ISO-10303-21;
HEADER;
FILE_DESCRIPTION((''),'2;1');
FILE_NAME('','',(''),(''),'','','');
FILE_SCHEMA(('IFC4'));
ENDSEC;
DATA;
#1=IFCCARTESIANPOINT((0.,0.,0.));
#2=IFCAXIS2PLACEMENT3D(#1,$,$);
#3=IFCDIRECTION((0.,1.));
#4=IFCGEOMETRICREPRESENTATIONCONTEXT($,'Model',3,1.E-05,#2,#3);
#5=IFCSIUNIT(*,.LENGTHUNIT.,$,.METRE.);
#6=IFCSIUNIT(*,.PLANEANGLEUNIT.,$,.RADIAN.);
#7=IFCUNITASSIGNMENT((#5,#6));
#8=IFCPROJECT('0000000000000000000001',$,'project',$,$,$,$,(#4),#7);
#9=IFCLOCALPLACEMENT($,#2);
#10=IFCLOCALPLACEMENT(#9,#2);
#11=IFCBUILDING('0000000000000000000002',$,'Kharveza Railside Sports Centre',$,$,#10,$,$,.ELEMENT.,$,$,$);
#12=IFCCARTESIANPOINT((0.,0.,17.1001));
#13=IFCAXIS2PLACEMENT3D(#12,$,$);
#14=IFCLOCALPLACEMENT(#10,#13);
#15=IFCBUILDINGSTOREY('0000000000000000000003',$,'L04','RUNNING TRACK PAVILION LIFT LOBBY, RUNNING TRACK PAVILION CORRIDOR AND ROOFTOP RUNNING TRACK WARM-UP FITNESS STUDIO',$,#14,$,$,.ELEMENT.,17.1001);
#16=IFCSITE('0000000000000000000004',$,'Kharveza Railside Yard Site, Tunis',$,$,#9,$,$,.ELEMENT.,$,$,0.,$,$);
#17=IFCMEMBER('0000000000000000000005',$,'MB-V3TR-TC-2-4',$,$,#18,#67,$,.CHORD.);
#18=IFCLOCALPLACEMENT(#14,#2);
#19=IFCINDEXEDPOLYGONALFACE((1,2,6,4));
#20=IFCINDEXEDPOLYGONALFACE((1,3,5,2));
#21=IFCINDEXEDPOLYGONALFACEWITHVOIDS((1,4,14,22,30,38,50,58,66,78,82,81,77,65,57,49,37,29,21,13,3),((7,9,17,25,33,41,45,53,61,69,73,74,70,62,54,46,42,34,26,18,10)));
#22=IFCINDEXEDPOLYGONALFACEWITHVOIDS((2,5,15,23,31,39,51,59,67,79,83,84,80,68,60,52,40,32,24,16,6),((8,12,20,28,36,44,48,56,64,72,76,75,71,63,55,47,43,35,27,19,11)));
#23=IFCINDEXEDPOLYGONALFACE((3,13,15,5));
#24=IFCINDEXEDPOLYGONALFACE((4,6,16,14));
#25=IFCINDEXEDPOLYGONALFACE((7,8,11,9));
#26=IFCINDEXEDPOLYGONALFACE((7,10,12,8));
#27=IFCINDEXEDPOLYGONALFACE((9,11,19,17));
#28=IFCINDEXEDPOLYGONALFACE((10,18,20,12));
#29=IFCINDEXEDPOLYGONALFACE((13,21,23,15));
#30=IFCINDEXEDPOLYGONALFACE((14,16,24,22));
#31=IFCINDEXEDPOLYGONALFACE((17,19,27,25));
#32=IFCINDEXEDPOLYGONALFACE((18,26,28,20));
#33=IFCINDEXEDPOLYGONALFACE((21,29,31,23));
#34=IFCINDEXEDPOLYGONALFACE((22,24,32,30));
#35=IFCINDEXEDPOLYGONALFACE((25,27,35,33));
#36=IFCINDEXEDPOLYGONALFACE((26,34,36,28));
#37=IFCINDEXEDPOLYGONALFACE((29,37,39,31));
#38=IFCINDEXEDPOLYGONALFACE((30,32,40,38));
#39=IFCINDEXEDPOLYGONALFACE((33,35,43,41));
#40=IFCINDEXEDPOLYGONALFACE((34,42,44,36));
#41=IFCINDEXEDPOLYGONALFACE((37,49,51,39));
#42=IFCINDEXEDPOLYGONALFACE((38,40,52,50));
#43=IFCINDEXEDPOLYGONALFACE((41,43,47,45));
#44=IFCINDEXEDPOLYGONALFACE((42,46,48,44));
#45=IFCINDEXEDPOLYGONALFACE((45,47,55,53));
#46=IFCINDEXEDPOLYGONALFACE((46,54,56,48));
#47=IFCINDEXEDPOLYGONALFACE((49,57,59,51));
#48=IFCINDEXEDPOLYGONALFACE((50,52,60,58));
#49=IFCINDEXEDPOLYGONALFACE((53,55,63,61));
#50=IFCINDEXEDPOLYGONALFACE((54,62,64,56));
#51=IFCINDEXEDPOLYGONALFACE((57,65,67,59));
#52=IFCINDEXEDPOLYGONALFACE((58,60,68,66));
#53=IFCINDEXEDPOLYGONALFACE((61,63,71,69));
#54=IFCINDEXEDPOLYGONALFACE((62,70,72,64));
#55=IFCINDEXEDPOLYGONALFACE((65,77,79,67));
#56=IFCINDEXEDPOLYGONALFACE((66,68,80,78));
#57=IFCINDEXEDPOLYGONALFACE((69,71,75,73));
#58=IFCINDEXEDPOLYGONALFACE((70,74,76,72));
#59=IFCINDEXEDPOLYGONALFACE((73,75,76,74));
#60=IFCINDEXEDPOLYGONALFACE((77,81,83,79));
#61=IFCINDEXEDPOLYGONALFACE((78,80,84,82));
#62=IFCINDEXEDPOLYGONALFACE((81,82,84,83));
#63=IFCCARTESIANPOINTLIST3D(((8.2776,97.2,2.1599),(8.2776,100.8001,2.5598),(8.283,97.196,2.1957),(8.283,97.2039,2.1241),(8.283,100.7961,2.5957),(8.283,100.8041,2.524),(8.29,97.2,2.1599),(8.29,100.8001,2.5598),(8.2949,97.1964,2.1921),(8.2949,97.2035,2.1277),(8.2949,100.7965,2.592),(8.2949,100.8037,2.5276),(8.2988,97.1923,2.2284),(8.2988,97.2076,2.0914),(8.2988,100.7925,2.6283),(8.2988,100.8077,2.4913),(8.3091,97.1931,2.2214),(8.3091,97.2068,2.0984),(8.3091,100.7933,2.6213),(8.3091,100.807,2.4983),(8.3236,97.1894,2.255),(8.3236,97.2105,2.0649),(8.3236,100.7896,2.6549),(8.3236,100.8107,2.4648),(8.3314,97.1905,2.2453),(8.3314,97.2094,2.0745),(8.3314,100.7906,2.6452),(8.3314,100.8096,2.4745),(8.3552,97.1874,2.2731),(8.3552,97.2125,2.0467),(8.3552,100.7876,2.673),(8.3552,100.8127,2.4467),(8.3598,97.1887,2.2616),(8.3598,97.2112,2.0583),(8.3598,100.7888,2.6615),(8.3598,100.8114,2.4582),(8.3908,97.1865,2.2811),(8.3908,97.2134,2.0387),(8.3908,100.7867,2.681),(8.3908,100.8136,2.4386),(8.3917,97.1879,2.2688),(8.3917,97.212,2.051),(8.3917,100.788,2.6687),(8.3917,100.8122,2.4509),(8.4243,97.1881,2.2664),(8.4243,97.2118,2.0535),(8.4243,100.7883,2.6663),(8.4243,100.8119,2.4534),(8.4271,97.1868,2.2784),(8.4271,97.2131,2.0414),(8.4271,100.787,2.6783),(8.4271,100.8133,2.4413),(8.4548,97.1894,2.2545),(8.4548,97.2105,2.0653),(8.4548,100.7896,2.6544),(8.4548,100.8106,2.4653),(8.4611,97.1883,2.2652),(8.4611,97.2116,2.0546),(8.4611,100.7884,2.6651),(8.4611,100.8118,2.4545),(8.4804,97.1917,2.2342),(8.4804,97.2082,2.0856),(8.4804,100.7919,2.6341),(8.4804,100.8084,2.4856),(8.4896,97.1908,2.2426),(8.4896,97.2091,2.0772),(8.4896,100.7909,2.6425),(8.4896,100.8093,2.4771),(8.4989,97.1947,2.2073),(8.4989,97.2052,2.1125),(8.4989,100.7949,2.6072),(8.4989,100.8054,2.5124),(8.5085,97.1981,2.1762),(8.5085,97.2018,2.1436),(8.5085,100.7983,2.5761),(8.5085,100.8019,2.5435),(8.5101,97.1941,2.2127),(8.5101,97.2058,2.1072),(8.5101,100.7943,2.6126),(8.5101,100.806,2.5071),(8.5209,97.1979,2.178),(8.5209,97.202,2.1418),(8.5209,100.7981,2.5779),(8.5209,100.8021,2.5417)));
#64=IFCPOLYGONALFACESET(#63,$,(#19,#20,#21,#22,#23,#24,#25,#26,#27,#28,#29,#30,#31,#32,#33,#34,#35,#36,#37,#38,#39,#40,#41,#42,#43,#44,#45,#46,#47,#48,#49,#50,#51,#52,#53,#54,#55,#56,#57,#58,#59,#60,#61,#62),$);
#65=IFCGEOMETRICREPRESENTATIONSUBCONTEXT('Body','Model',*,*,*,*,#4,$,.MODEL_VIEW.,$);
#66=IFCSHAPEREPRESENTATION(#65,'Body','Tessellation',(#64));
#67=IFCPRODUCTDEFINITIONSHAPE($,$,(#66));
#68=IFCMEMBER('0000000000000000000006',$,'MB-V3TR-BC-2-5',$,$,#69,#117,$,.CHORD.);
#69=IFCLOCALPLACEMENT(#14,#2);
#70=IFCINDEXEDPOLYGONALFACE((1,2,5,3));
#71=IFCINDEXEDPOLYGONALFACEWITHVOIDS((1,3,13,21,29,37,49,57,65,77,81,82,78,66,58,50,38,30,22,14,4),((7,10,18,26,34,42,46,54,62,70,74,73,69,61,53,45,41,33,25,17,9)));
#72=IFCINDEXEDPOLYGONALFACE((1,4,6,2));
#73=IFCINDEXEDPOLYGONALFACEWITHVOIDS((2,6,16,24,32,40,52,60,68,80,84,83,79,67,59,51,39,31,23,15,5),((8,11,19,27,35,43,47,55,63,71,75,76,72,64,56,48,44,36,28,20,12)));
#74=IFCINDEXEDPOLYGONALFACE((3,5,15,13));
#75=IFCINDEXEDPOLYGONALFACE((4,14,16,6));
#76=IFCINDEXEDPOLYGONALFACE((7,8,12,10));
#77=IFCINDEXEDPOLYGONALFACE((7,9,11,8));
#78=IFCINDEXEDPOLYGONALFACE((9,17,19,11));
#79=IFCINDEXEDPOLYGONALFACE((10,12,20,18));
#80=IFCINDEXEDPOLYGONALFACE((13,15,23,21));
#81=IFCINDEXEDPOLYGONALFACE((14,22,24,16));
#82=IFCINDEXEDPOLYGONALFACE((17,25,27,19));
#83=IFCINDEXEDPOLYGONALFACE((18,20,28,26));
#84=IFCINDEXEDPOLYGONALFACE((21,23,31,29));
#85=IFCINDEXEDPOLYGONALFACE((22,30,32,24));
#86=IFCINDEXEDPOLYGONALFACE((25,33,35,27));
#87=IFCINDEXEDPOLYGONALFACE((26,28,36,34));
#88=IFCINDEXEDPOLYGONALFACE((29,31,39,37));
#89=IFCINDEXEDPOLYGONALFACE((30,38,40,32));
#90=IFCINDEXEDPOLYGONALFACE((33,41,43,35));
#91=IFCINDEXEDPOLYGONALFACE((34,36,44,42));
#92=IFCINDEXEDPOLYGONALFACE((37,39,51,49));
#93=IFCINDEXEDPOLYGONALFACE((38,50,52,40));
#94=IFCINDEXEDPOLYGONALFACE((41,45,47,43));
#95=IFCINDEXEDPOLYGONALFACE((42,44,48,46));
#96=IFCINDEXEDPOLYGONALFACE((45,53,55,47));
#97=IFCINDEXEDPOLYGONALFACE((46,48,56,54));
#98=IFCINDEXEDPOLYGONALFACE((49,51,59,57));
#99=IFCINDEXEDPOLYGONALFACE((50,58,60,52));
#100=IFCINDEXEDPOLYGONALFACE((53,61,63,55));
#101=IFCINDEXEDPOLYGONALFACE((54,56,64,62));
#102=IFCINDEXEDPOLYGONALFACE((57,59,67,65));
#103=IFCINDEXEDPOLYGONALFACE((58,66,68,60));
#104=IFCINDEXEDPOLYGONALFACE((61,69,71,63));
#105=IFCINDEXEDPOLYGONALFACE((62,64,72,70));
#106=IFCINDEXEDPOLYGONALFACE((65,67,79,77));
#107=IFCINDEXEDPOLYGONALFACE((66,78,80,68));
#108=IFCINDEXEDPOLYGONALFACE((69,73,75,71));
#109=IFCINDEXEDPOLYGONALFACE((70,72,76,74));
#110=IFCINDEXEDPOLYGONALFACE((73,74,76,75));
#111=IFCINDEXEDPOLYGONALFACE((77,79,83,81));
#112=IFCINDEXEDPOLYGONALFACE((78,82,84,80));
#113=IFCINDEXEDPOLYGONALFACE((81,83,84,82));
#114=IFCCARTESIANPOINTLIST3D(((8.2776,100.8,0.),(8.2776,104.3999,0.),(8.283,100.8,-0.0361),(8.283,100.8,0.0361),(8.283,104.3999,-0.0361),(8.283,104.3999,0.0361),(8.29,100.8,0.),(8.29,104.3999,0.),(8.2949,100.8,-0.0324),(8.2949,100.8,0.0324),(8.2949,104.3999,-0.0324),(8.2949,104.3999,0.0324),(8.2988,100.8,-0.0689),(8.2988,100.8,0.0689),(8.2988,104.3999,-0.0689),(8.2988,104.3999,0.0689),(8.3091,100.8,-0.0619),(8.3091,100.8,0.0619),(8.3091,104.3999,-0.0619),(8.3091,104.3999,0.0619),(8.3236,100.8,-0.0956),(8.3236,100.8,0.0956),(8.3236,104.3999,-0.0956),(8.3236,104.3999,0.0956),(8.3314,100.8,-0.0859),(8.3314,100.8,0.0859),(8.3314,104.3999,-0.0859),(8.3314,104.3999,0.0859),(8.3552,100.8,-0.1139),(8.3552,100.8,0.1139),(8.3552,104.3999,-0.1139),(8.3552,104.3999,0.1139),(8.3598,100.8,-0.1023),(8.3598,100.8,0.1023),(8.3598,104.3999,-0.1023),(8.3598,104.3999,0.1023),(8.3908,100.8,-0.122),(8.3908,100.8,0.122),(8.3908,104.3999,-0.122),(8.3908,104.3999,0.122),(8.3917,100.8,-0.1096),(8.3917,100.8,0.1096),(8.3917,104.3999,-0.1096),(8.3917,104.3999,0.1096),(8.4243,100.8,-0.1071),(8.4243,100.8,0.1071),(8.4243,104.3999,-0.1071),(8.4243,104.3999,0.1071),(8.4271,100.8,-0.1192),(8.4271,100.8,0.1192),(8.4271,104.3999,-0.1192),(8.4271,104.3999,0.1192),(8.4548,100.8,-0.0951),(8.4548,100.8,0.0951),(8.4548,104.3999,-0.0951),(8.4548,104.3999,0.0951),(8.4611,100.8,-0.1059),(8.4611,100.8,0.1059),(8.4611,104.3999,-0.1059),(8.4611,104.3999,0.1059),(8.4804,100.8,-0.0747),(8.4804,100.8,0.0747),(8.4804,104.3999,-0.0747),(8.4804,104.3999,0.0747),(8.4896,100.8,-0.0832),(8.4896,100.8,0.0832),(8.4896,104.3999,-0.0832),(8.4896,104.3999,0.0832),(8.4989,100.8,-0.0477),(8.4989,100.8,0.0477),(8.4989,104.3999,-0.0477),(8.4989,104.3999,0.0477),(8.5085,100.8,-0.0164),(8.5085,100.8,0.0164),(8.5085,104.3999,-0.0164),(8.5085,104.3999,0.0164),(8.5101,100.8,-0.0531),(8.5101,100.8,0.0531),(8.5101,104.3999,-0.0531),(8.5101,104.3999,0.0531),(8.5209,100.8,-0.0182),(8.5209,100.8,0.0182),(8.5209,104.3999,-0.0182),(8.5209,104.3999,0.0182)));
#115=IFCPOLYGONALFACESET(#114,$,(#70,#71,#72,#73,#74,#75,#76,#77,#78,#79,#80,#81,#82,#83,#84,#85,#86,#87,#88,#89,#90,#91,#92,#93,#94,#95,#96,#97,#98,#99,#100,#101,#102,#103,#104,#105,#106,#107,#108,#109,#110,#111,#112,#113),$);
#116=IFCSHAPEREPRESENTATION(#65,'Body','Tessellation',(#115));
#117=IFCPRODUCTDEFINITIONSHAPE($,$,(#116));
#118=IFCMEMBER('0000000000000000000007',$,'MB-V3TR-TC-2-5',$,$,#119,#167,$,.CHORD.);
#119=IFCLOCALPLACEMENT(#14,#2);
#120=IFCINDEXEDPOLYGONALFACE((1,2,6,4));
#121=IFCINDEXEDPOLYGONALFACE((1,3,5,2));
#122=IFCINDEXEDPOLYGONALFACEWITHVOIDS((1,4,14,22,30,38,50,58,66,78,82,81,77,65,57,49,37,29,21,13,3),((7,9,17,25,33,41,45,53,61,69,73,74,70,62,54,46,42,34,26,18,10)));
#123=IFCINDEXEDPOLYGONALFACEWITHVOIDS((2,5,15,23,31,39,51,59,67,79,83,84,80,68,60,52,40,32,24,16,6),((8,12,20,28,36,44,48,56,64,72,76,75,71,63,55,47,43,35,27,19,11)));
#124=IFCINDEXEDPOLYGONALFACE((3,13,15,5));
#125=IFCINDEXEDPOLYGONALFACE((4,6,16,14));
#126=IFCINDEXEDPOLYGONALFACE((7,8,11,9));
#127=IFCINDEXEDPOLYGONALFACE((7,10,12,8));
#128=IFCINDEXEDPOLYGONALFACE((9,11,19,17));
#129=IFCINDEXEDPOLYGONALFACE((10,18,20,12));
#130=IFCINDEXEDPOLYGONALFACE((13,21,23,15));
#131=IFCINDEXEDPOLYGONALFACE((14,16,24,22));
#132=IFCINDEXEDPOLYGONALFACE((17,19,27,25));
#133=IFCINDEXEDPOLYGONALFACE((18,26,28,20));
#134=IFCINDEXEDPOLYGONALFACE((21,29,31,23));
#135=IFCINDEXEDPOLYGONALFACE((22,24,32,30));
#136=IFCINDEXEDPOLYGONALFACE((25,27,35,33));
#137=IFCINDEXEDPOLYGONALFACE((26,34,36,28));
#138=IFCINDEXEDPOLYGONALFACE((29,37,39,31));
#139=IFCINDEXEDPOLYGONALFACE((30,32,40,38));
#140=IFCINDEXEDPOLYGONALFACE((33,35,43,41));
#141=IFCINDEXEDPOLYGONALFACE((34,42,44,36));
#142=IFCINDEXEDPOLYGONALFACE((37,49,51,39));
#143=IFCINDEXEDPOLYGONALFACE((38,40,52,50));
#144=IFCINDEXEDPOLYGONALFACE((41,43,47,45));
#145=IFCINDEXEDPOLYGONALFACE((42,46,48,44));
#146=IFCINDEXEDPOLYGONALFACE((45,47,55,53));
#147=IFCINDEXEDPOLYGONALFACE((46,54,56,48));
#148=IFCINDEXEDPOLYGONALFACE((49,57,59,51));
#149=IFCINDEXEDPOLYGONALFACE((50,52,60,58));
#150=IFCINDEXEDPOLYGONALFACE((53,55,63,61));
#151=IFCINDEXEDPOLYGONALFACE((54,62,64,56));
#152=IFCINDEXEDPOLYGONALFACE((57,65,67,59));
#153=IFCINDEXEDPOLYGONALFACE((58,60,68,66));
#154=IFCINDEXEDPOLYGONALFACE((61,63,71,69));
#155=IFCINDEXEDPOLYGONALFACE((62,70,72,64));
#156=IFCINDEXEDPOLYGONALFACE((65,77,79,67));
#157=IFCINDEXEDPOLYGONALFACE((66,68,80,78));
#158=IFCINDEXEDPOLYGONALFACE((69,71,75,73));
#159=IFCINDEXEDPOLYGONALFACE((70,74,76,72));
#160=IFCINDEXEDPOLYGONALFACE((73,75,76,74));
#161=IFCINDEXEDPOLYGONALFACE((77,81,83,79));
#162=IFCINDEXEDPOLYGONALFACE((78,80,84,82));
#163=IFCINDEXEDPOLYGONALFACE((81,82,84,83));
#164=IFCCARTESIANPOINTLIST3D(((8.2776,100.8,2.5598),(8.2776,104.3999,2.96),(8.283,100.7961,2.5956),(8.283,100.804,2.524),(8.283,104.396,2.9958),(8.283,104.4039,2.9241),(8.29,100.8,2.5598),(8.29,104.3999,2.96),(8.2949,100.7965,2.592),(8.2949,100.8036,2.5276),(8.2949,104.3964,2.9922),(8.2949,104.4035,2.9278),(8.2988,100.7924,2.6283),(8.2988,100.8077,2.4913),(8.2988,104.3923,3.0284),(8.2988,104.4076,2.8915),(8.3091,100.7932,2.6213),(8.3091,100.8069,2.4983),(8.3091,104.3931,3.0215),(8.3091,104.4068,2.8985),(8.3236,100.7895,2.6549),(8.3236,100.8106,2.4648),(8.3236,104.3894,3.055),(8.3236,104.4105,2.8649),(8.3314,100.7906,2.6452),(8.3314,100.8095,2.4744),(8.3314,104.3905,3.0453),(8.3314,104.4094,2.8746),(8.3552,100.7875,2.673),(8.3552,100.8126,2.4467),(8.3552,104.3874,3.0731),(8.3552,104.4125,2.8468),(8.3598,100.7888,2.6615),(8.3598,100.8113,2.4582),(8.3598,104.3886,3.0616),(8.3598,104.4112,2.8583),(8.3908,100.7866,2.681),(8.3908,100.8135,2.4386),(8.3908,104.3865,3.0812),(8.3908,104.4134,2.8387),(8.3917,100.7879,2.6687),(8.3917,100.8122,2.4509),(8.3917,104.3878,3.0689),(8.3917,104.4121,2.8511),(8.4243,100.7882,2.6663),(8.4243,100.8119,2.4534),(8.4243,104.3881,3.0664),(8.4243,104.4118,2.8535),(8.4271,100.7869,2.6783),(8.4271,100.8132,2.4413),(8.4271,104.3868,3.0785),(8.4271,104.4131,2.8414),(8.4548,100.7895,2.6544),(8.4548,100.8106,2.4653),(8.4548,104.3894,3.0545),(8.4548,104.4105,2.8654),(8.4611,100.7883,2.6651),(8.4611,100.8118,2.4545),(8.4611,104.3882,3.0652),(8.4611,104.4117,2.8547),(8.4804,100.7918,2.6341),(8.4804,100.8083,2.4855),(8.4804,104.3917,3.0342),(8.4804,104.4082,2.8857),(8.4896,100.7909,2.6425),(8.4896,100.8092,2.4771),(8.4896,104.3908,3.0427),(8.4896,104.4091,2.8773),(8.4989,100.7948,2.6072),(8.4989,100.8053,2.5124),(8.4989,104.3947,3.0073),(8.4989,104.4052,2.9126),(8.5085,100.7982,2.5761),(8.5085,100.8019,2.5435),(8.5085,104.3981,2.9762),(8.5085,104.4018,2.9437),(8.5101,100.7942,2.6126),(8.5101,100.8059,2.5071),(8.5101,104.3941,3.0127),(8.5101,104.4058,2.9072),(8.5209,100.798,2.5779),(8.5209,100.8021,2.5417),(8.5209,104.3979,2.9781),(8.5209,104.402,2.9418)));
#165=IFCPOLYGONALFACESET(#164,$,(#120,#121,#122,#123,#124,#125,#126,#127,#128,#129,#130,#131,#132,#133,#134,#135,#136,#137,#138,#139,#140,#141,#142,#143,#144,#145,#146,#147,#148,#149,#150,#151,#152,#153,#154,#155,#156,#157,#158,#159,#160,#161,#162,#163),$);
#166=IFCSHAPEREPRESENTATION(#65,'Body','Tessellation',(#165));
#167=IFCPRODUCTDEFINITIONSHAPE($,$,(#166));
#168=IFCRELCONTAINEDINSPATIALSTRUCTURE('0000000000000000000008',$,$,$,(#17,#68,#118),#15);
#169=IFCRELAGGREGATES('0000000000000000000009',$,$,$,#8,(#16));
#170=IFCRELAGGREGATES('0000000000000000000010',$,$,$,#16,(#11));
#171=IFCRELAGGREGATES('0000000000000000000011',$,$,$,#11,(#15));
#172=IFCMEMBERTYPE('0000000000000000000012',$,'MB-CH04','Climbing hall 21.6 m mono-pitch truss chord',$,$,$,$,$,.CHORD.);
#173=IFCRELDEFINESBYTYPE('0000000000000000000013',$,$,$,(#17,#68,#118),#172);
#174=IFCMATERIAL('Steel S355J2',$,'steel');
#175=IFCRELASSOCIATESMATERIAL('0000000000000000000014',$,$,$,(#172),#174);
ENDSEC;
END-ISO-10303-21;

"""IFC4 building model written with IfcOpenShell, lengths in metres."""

from ifc_helpers import new_model, si_unit, direction, frame, origin, origin_2d, place, context, subcontext, project, spatial, hollow_circle, extrude, material, material_profile, profile_set, type_object, element, save


model = new_model("IFC4")

# Units and contexts
model_context = context("Model", 3, precision=1e-05, world=origin(), true_north=direction((0.0, 1.0)))
body_context = subcontext(model_context, "Body", "Model", "MODEL_VIEW")
ifc_project = project(units=[si_unit("LENGTHUNIT", "METRE"), si_unit("PLANEANGLEUNIT", "RADIAN")], contexts=[model_context])

# Site, building, storey
site_placement = place(None, origin())
site = spatial("IfcSite", under=ifc_project, at=site_placement, Name="Kharveza Railside Yard Site, Tunis", CompositionType="ELEMENT", RefElevation=0.0)
building_placement = place(site_placement, origin())
building = spatial("IfcBuilding", under=site, at=building_placement, Name="Kharveza Railside Sports Centre", CompositionType="ELEMENT")
storey_placement = place(building_placement, frame((0.0, 0.0, 17.1001)))
storey = spatial("IfcBuildingStorey", under=building, at=storey_placement, Name="L04", Description="RUNNING TRACK PAVILION LIFT LOBBY, RUNNING TRACK PAVILION CORRIDOR AND ROOFTOP RUNNING TRACK WARM-UP FITNESS STUDIO", CompositionType="ELEMENT", Elevation=17.1001)

# Members
ifc_material_1 = material(Name="Steel S355J2", Category="steel")
ifc_material_profile_1 = material_profile(ifc_material_1, hollow_circle(Radius=0.1223, WallThickness=0.0125, at=origin_2d()), Name="CHS 244.5x12.5")
ifc_profile_set_1 = profile_set([ifc_material_profile_1], Name="Steel S355J2")
member_type_1 = type_object("IfcMemberType", Name="MB-CH04", Description="Climbing hall 21.6 m mono-pitch truss chord", PredefinedType="CHORD", material=ifc_profile_set_1)
member_1_placement = place(storey_placement, frame((8.3999, 97.2, 2.1599), z_axis=(0.0, 0.993887, 0.110402), x_axis=(-1.0, 0.0, 0.0)))
element("IfcMember", 1, at=member_1_placement, inside=storey, type_object=member_type_1, Name="MB-V3TR-TC-2-4", PredefinedType="CHORD", context=body_context, shape_type="SweptSolid", body=[
    extrude(hollow_circle(Radius=0.1223, WallThickness=0.0125, at=origin_2d()), origin(), (0.0, 0.0, 1.0), 3.6223),
])
member_2_placement = place(storey_placement, frame((8.3999, 100.8, 0.0), z_axis=(0.0, 1.0, 0.0), x_axis=(-1.0, 0.0, 0.0)))
element("IfcMember", 2, at=member_2_placement, inside=storey, type_object=member_type_1, Name="MB-V3TR-BC-2-5", PredefinedType="CHORD", context=body_context, shape_type="SweptSolid", body=[
    extrude(hollow_circle(Radius=0.1223, WallThickness=0.0125, at=origin_2d()), origin(), (0.0, 0.0, 1.0), 3.5999),
])
member_3_placement = place(storey_placement, frame((8.3999, 100.8, 2.5598), z_axis=(0.0, 0.993879, 0.110476), x_axis=(-1.0, 0.0, 0.0)))
element("IfcMember", 3, at=member_3_placement, inside=storey, type_object=member_type_1, Name="MB-V3TR-TC-2-5", PredefinedType="CHORD", context=body_context, shape_type="SweptSolid", body=[
    extrude(hollow_circle(Radius=0.1223, WallThickness=0.0125, at=origin_2d()), origin(), (0.0, 0.0, 1.0), 3.6221),
])

save(model, "model.ifc")
